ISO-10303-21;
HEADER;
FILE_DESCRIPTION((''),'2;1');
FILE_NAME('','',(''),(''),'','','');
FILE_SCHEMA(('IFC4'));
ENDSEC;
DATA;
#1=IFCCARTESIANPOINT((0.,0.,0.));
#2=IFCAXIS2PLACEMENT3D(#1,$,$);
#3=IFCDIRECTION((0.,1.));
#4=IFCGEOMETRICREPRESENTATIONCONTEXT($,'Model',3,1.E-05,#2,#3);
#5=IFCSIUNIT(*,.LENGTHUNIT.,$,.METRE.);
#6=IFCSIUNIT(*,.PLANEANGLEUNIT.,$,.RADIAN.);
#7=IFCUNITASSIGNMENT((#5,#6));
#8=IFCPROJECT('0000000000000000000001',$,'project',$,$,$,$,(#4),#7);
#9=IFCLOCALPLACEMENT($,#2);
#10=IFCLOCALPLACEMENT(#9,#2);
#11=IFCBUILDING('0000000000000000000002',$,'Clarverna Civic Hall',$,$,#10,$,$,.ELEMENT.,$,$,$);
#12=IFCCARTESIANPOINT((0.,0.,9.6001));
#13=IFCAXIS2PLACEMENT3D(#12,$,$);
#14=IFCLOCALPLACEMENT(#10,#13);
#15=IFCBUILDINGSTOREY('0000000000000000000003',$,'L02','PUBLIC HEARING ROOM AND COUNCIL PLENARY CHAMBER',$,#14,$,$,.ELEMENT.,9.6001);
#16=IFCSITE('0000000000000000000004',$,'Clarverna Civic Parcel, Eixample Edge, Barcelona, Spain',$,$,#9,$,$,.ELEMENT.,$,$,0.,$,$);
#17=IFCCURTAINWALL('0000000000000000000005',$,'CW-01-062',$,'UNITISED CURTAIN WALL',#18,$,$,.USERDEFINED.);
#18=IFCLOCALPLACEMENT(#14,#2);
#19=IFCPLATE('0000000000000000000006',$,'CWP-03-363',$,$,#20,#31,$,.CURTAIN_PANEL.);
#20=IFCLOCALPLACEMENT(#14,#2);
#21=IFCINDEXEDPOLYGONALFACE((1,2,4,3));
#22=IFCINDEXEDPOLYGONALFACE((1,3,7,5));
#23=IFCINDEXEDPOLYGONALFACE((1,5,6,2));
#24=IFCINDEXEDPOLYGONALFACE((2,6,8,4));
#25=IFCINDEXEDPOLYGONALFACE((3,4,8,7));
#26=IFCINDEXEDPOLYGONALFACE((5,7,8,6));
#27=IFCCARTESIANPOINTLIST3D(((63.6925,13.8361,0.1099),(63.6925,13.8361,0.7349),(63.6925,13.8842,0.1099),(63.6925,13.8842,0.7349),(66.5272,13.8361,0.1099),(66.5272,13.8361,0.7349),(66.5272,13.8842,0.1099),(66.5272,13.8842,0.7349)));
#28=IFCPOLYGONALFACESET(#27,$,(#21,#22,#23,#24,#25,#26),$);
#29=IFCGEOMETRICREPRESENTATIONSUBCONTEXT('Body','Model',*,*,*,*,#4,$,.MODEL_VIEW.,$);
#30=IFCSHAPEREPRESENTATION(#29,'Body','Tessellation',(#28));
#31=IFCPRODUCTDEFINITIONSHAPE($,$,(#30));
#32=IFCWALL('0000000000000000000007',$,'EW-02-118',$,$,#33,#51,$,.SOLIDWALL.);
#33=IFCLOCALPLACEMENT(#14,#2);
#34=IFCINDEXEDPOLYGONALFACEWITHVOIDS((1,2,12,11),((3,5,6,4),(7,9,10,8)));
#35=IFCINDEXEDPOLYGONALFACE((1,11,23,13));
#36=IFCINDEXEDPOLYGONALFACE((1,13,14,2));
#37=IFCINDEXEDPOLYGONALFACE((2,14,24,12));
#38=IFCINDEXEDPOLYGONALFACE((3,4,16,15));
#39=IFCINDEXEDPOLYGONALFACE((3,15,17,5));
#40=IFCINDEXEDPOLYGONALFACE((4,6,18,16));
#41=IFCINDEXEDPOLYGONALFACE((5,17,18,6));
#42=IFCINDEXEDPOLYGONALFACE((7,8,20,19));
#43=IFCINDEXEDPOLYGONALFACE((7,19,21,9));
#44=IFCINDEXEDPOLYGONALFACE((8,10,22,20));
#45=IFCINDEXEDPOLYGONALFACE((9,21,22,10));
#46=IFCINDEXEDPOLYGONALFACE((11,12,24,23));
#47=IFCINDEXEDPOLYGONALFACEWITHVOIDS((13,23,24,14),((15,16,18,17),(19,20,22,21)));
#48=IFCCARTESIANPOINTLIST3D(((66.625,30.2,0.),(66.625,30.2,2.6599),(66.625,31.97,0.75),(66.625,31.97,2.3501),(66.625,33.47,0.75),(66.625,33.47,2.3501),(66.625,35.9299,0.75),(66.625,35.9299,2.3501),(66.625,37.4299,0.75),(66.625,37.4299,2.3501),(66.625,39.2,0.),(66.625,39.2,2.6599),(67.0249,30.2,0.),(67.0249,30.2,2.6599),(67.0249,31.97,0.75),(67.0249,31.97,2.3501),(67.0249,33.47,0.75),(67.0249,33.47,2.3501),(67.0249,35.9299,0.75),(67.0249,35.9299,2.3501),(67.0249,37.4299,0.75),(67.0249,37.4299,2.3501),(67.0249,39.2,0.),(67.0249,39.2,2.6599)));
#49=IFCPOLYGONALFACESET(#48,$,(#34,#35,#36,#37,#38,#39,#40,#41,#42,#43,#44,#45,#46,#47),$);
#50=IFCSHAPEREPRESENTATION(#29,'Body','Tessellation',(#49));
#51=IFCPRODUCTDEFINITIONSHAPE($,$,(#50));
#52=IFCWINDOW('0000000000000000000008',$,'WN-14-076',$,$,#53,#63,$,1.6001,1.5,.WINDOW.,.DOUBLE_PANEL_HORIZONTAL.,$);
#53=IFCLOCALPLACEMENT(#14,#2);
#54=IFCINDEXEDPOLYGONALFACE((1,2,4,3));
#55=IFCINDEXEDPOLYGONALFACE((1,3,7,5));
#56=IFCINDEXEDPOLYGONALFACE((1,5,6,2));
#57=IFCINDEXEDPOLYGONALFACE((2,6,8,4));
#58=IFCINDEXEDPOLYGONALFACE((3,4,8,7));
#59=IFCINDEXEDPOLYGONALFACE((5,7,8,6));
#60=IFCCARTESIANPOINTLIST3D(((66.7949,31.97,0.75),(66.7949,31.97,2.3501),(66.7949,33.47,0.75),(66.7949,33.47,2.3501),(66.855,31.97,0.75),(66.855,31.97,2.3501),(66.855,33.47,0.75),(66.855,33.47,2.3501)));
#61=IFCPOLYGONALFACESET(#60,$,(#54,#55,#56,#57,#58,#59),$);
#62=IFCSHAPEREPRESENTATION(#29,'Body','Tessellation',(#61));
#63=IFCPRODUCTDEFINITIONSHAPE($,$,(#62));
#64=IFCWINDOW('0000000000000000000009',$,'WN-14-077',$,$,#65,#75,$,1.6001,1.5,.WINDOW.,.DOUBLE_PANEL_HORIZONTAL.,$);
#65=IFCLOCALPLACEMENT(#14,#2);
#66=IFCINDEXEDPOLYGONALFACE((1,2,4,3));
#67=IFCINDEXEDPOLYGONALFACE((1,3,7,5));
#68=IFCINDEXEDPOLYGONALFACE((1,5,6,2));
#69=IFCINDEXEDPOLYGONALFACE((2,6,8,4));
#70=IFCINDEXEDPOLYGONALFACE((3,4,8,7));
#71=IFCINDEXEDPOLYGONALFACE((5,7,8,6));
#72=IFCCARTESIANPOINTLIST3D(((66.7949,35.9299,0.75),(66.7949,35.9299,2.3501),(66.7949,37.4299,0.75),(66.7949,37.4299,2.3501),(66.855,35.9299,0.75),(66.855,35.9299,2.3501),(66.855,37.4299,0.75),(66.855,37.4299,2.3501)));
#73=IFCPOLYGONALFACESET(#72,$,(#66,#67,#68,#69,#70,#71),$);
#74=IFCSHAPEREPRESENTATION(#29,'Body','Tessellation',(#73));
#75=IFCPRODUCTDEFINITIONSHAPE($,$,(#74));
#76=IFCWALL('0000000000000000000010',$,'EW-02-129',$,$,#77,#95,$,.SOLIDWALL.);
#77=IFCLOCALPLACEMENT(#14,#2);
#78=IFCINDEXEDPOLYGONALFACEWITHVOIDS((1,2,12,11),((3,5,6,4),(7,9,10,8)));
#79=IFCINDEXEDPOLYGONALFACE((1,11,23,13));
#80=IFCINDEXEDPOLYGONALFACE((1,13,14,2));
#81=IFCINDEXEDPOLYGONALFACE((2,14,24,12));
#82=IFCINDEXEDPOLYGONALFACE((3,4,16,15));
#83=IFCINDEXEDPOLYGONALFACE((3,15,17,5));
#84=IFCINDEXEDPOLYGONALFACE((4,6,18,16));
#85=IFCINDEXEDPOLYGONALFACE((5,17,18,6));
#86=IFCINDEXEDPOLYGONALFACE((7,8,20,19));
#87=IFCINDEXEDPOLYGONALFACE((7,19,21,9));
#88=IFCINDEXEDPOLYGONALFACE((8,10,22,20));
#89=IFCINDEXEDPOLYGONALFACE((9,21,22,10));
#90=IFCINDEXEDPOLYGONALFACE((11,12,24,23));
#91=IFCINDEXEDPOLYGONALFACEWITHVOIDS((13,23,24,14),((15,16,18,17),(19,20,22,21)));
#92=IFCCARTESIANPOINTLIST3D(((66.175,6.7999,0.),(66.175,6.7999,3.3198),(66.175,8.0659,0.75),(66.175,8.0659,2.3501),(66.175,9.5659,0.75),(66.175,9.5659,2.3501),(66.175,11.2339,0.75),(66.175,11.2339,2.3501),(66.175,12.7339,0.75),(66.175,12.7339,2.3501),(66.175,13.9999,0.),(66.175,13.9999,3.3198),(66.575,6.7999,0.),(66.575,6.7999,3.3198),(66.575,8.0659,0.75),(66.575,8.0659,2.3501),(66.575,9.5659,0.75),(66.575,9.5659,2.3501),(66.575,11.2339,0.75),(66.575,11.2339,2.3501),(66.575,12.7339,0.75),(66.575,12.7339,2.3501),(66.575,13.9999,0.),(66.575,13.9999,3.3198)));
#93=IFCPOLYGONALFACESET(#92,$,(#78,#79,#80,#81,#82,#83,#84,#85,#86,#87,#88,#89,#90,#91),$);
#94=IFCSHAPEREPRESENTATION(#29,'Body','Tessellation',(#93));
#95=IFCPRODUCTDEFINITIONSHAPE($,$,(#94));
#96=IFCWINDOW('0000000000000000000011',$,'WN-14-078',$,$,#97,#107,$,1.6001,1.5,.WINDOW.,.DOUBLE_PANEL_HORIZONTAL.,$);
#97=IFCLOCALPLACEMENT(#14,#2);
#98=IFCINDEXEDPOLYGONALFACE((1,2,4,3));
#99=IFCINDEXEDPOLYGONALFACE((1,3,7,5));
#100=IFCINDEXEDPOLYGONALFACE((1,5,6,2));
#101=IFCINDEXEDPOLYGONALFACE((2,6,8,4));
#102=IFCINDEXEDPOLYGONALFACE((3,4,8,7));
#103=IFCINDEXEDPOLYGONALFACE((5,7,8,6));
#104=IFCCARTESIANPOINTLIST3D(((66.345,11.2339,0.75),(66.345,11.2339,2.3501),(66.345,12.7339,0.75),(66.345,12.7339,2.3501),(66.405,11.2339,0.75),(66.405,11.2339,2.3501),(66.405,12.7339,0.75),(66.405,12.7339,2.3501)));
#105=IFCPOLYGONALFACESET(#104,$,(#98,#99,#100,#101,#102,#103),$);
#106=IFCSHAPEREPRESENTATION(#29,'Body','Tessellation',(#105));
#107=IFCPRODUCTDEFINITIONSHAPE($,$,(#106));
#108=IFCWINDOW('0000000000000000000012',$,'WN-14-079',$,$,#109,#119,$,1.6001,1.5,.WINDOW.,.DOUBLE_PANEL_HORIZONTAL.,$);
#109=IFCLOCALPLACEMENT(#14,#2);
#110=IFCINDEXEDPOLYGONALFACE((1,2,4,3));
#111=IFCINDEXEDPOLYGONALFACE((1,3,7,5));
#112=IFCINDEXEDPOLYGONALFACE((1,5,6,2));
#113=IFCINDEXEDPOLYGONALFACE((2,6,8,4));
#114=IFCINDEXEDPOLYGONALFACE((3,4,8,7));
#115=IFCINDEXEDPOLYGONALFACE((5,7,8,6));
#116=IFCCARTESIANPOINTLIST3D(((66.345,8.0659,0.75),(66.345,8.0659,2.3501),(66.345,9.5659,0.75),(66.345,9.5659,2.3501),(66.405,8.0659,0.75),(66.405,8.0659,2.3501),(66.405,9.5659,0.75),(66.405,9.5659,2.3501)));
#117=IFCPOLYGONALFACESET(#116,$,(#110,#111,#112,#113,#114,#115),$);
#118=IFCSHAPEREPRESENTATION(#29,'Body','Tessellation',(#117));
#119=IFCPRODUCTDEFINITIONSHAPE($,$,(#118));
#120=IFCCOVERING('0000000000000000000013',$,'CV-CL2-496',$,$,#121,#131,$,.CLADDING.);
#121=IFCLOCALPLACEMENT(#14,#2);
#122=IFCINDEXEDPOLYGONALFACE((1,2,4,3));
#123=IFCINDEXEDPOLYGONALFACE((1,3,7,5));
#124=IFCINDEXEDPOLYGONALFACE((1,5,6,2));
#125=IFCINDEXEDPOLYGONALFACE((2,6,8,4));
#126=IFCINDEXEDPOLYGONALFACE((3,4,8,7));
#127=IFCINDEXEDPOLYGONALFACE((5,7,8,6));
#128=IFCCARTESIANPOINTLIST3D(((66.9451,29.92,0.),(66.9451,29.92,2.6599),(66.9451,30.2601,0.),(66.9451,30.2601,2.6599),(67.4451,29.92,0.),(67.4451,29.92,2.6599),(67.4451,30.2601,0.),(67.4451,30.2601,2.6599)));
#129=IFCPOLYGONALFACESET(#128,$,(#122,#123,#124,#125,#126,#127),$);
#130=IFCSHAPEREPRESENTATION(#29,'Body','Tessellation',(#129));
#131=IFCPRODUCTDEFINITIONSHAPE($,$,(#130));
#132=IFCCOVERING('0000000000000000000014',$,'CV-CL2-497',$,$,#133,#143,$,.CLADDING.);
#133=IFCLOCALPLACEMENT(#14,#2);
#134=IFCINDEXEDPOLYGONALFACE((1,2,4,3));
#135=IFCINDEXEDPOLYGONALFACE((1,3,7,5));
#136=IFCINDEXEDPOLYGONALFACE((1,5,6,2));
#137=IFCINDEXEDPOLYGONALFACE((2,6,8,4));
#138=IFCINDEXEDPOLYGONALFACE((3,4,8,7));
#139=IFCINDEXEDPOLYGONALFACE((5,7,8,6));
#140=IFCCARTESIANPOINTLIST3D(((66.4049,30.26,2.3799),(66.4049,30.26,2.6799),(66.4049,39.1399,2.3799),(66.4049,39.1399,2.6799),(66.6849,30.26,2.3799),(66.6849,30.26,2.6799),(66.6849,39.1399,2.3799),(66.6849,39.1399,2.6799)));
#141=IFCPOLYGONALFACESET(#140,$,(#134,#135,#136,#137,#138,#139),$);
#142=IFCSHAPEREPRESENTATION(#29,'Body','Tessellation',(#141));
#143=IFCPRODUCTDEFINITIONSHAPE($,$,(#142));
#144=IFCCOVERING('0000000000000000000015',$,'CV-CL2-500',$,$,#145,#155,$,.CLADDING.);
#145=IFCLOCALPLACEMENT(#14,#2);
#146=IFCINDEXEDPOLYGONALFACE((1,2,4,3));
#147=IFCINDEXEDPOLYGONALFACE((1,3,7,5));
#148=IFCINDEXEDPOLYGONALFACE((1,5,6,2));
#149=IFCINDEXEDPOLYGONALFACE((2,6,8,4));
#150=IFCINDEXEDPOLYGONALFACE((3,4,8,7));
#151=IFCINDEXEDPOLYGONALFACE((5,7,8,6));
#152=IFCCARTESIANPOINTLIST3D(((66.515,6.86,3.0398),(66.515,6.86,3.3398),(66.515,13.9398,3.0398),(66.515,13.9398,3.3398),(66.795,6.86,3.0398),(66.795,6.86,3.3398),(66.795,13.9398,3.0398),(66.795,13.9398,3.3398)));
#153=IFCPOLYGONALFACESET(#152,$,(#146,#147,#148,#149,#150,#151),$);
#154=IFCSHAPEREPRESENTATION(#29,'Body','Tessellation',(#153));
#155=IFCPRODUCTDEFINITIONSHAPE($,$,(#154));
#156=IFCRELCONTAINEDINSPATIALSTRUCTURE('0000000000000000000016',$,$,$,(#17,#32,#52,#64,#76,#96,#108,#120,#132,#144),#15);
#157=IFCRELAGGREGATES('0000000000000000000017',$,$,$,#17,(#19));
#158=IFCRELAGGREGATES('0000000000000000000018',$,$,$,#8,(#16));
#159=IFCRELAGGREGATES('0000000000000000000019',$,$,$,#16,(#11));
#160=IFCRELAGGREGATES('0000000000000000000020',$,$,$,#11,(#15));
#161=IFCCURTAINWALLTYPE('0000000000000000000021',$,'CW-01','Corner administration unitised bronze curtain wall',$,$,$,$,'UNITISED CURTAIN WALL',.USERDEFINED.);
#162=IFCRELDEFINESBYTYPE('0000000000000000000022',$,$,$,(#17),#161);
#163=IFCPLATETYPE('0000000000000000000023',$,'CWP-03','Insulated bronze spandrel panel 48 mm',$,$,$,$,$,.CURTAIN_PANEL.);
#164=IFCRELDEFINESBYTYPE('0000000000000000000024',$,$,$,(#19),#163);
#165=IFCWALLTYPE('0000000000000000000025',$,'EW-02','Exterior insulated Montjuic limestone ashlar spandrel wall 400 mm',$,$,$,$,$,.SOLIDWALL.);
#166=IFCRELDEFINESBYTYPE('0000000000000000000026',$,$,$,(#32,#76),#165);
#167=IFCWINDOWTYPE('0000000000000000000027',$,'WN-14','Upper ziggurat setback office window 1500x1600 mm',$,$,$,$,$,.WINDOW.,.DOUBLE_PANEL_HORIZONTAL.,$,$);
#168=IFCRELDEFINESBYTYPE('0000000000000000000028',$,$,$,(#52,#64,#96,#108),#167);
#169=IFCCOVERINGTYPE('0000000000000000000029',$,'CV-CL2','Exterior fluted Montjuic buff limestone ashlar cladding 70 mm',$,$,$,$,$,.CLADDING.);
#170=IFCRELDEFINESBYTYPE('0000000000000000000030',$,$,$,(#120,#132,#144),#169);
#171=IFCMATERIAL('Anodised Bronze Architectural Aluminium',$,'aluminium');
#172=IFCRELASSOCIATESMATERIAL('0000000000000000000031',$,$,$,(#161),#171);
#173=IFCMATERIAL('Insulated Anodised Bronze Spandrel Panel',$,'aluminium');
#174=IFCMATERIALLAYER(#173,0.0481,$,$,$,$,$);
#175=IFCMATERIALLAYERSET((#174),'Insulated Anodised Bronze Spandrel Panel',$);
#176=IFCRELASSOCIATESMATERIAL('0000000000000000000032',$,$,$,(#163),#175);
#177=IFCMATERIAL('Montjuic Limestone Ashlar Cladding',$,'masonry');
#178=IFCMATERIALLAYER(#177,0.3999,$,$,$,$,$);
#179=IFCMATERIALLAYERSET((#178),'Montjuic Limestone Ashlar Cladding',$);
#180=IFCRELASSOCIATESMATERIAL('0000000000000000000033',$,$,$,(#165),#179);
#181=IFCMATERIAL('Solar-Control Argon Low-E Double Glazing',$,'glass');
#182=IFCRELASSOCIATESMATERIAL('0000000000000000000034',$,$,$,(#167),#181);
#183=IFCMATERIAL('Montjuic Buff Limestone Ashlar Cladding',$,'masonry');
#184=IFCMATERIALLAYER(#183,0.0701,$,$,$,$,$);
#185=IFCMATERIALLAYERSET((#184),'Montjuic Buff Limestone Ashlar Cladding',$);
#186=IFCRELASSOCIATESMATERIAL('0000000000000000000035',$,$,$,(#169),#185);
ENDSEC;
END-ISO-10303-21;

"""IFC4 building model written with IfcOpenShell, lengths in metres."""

from ifc_helpers import new_model, si_unit, direction, frame, frame_2d, origin, place, context, subcontext, project, spatial, rectangle, extrude, material, layer, layer_set, type_object, element, fill, aggregate, save


model = new_model("IFC4")

# Units and contexts
model_context = context("Model", 3, precision=1e-05, world=origin(), true_north=direction((0.0, 1.0)))
body_context = subcontext(model_context, "Body", "Model", "MODEL_VIEW")
ifc_project = project(units=[si_unit("LENGTHUNIT", "METRE"), si_unit("PLANEANGLEUNIT", "RADIAN")], contexts=[model_context])

# Site, building, storey
site_placement = place(None, origin())
site = spatial("IfcSite", under=ifc_project, at=site_placement, Name="Clarverna Civic Parcel, Eixample Edge, Barcelona, Spain", CompositionType="ELEMENT", RefElevation=0.0)
building_placement = place(site_placement, origin())
building = spatial("IfcBuilding", under=site, at=building_placement, Name="Clarverna Civic Hall", CompositionType="ELEMENT")
storey_placement = place(building_placement, frame((0.0, 0.0, 9.6001)))
storey = spatial("IfcBuildingStorey", under=building, at=storey_placement, Name="L02", Description="PUBLIC HEARING ROOM AND COUNCIL PLENARY CHAMBER", CompositionType="ELEMENT", Elevation=9.6001)

# Curtain wall, plate
ifc_material_1 = material(Name="Anodised Bronze Architectural Aluminium", Category="aluminium")
curtain_wall_type = type_object("IfcCurtainWallType", Name="CW-01", Description="Corner administration unitised bronze curtain wall", ElementType="UNITISED CURTAIN WALL", PredefinedType="USERDEFINED", material=ifc_material_1)
curtain_wall_placement = place(storey_placement, origin())
curtain_wall = element("IfcCurtainWall", 1, at=curtain_wall_placement, inside=storey, type_object=curtain_wall_type, Name="CW-01-062", ObjectType="UNITISED CURTAIN WALL", PredefinedType="USERDEFINED")
ifc_material_2 = material(Name="Solar-Control Argon Low-E Double Glazing", Category="glass")
ifc_material_3 = material(Name="Insulated Anodised Bronze Spandrel Panel", Category="aluminium")
ifc_layer_1 = layer(ifc_material_3, 0.0481)
ifc_layer_set_1 = layer_set([ifc_layer_1], Name="Insulated Anodised Bronze Spandrel Panel")
plate_type_1 = type_object("IfcPlateType", Name="CWP-03", Description="Insulated bronze spandrel panel 48 mm", PredefinedType="CURTAIN_PANEL", material=ifc_layer_set_1)
plate_1_placement = place(storey_placement, frame((63.6924, 13.8601, 0.1099), z_axis=(0.0, 0.0, 1.0), x_axis=(1.0, 0.0, 0.0)))
plate_1 = element("IfcPlate", 2, at=plate_1_placement, type_object=plate_type_1, Name="CWP-03-363", PredefinedType="CURTAIN_PANEL", context=body_context, shape_type="SweptSolid", body=[
    extrude(rectangle(XDim=2.8347, YDim=0.0481, at=frame_2d((1.4175, 0.0))), origin(), (0.0, 0.0, 1.0), 0.625),
])
aggregate(curtain_wall, [plate_1])

# Walls, openings, windows
ifc_material_4 = material(Name="Montjuic Limestone Ashlar Cladding", Category="masonry")
ifc_layer_2 = layer(ifc_material_4, 0.3999)
ifc_layer_set_2 = layer_set([ifc_layer_2], Name="Montjuic Limestone Ashlar Cladding")
wall_type = type_object("IfcWallType", Name="EW-02", Description="Exterior insulated Montjuic limestone ashlar spandrel wall 400 mm", PredefinedType="SOLIDWALL", material=ifc_layer_set_2)
wall_1_placement = place(storey_placement, frame((66.825, 30.2, 0.0), z_axis=(0.0, 0.0, 1.0), x_axis=(0.0, 1.0, 0.0)))
wall_1 = element("IfcWall", 3, at=wall_1_placement, inside=storey, type_object=wall_type, Name="EW-02-118", PredefinedType="SOLIDWALL", context=body_context, shape_type="SweptSolid", body=[
    extrude(rectangle(XDim=9.0, YDim=0.3999, at=frame_2d((4.5, 0.0))), origin(), (0.0, 0.0, 1.0), 2.6599),
])
opening_1_placement = place(wall_1_placement, frame((1.77, 0.0, 0.75)))
opening_1 = element("IfcOpeningElement", 4, at=opening_1_placement, cuts=wall_1, PredefinedType="OPENING", context=body_context, shape_type="SweptSolid", body=[
    extrude(rectangle(XDim=1.5, YDim=1.6001, at=frame_2d((0.75, 0.8))), frame((0.0, 0.21, 0.0), z_axis=(0.0, -1.0, 0.0), x_axis=(1.0, 0.0, 0.0)), (0.0, 0.0, 1.0), 0.4199),
])
opening_2_placement = place(wall_1_placement, frame((5.73, 0.0, 0.75)))
opening_2 = element("IfcOpeningElement", 5, at=opening_2_placement, cuts=wall_1, PredefinedType="OPENING", context=body_context, shape_type="SweptSolid", body=[
    extrude(rectangle(XDim=1.5, YDim=1.6001, at=frame_2d((0.75, 0.8))), frame((0.0, 0.21, 0.0), z_axis=(0.0, -1.0, 0.0), x_axis=(1.0, 0.0, 0.0)), (0.0, 0.0, 1.0), 0.4199),
])
window_type = type_object("IfcWindowType", Name="WN-14", Description="Upper ziggurat setback office window 1500x1600 mm", PartitioningType="DOUBLE_PANEL_HORIZONTAL", PredefinedType="WINDOW", material=ifc_material_2)
window_1_placement = place(opening_1_placement, origin())
window_1 = element("IfcWindow", 6, at=window_1_placement, inside=storey, type_object=window_type, Name="WN-14-076", OverallHeight=1.6001, OverallWidth=1.5, PartitioningType="DOUBLE_PANEL_HORIZONTAL", PredefinedType="WINDOW", context=body_context, shape_type="SweptSolid", body=[
    extrude(rectangle(XDim=1.5, YDim=1.6001, at=frame_2d((0.75, 0.8))), frame((0.0, 0.03, 0.0), z_axis=(0.0, -1.0, 0.0), x_axis=(1.0, 0.0, 0.0)), (0.0, 0.0, 1.0), 0.0601),
])
fill(opening_1, window_1)
window_2_placement = place(opening_2_placement, origin())
window_2 = element("IfcWindow", 7, at=window_2_placement, inside=storey, type_object=window_type, Name="WN-14-077", OverallHeight=1.6001, OverallWidth=1.5, PartitioningType="DOUBLE_PANEL_HORIZONTAL", PredefinedType="WINDOW", context=body_context, shape_type="SweptSolid", body=[
    extrude(rectangle(XDim=1.5, YDim=1.6001, at=frame_2d((0.75, 0.8))), frame((0.0, 0.03, 0.0), z_axis=(0.0, -1.0, 0.0), x_axis=(1.0, 0.0, 0.0)), (0.0, 0.0, 1.0), 0.0601),
])
fill(opening_2, window_2)
wall_2_placement = place(storey_placement, frame((66.375, 14.0, 0.0), z_axis=(0.0, 0.0, 1.0), x_axis=(0.0, -1.0, 0.0)))
wall_2 = element("IfcWall", 8, at=wall_2_placement, inside=storey, type_object=wall_type, Name="EW-02-129", PredefinedType="SOLIDWALL", context=body_context, shape_type="SweptSolid", body=[
    extrude(rectangle(XDim=7.2, YDim=0.3999, at=frame_2d((3.6001, 0.0))), origin(), (0.0, 0.0, 1.0), 3.3198),
])
opening_3_placement = place(wall_2_placement, frame((1.2661, 0.0, 0.75)))
opening_3 = element("IfcOpeningElement", 9, at=opening_3_placement, cuts=wall_2, PredefinedType="OPENING", context=body_context, shape_type="SweptSolid", body=[
    extrude(rectangle(XDim=1.5, YDim=1.6001, at=frame_2d((0.75, 0.8))), frame((0.0, 0.21, 0.0), z_axis=(0.0, -1.0, 0.0), x_axis=(1.0, 0.0, 0.0)), (0.0, 0.0, 1.0), 0.4199),
])
opening_4_placement = place(wall_2_placement, frame((4.4341, 0.0, 0.75)))
opening_4 = element("IfcOpeningElement", 10, at=opening_4_placement, cuts=wall_2, PredefinedType="OPENING", context=body_context, shape_type="SweptSolid", body=[
    extrude(rectangle(XDim=1.5, YDim=1.6001, at=frame_2d((0.75, 0.8))), frame((0.0, 0.21, 0.0), z_axis=(0.0, -1.0, 0.0), x_axis=(1.0, 0.0, 0.0)), (0.0, 0.0, 1.0), 0.4199),
])
window_3_placement = place(opening_3_placement, origin())
window_3 = element("IfcWindow", 11, at=window_3_placement, inside=storey, type_object=window_type, Name="WN-14-078", OverallHeight=1.6001, OverallWidth=1.5, PartitioningType="DOUBLE_PANEL_HORIZONTAL", PredefinedType="WINDOW", context=body_context, shape_type="SweptSolid", body=[
    extrude(rectangle(XDim=1.5, YDim=1.6001, at=frame_2d((0.75, 0.8))), frame((0.0, 0.03, 0.0), z_axis=(0.0, -1.0, 0.0), x_axis=(1.0, 0.0, 0.0)), (0.0, 0.0, 1.0), 0.0601),
])
fill(opening_3, window_3)
window_4_placement = place(opening_4_placement, origin())
window_4 = element("IfcWindow", 12, at=window_4_placement, inside=storey, type_object=window_type, Name="WN-14-079", OverallHeight=1.6001, OverallWidth=1.5, PartitioningType="DOUBLE_PANEL_HORIZONTAL", PredefinedType="WINDOW", context=body_context, shape_type="SweptSolid", body=[
    extrude(rectangle(XDim=1.5, YDim=1.6001, at=frame_2d((0.75, 0.8))), frame((0.0, 0.03, 0.0), z_axis=(0.0, -1.0, 0.0), x_axis=(1.0, 0.0, 0.0)), (0.0, 0.0, 1.0), 0.0601),
])
fill(opening_4, window_4)

# Coverings
ifc_material_5 = material(Name="Montjuic Buff Limestone Ashlar Cladding", Category="masonry")
ifc_layer_3 = layer(ifc_material_5, 0.0701)
ifc_layer_set_3 = layer_set([ifc_layer_3], Name="Montjuic Buff Limestone Ashlar Cladding")
covering_type = type_object("IfcCoveringType", Name="CV-CL2", Description="Exterior fluted Montjuic buff limestone ashlar cladding 70 mm", PredefinedType="CLADDING", material=ifc_layer_set_3)
covering_1_placement = place(storey_placement, frame((67.4451, 30.0901, 0.0), z_axis=(0.0, 0.0, 1.0), x_axis=(-1.0, 0.0, 0.0)))
element("IfcCovering", 13, at=covering_1_placement, inside=storey, type_object=covering_type, Name="CV-CL2-496", PredefinedType="CLADDING", context=body_context, shape_type="SweptSolid", body=[
    extrude(rectangle(XDim=0.5, YDim=0.3401, at=frame_2d((0.25, 0.0))), origin(), (0.0, 0.0, 1.0), 2.6599),
])
covering_2_placement = place(storey_placement, frame((66.5449, 30.26, 2.3799), z_axis=(0.0, 0.0, 1.0), x_axis=(0.0, 1.0, 0.0)))
element("IfcCovering", 14, at=covering_2_placement, inside=storey, type_object=covering_type, Name="CV-CL2-497", PredefinedType="CLADDING", context=body_context, shape_type="SweptSolid", body=[
    extrude(rectangle(XDim=8.8799, YDim=0.28, at=frame_2d((4.4399, 0.0))), origin(), (0.0, 0.0, 1.0), 0.3),
])
covering_3_placement = place(storey_placement, frame((66.655, 13.9399, 3.0398), z_axis=(0.0, 0.0, 1.0), x_axis=(0.0, -1.0, 0.0)))
element("IfcCovering", 15, at=covering_3_placement, inside=storey, type_object=covering_type, Name="CV-CL2-500", PredefinedType="CLADDING", context=body_context, shape_type="SweptSolid", body=[
    extrude(rectangle(XDim=7.0798, YDim=0.28, at=frame_2d((3.54, 0.0))), origin(), (0.0, 0.0, 1.0), 0.3),
])

save(model, "model.ifc")
